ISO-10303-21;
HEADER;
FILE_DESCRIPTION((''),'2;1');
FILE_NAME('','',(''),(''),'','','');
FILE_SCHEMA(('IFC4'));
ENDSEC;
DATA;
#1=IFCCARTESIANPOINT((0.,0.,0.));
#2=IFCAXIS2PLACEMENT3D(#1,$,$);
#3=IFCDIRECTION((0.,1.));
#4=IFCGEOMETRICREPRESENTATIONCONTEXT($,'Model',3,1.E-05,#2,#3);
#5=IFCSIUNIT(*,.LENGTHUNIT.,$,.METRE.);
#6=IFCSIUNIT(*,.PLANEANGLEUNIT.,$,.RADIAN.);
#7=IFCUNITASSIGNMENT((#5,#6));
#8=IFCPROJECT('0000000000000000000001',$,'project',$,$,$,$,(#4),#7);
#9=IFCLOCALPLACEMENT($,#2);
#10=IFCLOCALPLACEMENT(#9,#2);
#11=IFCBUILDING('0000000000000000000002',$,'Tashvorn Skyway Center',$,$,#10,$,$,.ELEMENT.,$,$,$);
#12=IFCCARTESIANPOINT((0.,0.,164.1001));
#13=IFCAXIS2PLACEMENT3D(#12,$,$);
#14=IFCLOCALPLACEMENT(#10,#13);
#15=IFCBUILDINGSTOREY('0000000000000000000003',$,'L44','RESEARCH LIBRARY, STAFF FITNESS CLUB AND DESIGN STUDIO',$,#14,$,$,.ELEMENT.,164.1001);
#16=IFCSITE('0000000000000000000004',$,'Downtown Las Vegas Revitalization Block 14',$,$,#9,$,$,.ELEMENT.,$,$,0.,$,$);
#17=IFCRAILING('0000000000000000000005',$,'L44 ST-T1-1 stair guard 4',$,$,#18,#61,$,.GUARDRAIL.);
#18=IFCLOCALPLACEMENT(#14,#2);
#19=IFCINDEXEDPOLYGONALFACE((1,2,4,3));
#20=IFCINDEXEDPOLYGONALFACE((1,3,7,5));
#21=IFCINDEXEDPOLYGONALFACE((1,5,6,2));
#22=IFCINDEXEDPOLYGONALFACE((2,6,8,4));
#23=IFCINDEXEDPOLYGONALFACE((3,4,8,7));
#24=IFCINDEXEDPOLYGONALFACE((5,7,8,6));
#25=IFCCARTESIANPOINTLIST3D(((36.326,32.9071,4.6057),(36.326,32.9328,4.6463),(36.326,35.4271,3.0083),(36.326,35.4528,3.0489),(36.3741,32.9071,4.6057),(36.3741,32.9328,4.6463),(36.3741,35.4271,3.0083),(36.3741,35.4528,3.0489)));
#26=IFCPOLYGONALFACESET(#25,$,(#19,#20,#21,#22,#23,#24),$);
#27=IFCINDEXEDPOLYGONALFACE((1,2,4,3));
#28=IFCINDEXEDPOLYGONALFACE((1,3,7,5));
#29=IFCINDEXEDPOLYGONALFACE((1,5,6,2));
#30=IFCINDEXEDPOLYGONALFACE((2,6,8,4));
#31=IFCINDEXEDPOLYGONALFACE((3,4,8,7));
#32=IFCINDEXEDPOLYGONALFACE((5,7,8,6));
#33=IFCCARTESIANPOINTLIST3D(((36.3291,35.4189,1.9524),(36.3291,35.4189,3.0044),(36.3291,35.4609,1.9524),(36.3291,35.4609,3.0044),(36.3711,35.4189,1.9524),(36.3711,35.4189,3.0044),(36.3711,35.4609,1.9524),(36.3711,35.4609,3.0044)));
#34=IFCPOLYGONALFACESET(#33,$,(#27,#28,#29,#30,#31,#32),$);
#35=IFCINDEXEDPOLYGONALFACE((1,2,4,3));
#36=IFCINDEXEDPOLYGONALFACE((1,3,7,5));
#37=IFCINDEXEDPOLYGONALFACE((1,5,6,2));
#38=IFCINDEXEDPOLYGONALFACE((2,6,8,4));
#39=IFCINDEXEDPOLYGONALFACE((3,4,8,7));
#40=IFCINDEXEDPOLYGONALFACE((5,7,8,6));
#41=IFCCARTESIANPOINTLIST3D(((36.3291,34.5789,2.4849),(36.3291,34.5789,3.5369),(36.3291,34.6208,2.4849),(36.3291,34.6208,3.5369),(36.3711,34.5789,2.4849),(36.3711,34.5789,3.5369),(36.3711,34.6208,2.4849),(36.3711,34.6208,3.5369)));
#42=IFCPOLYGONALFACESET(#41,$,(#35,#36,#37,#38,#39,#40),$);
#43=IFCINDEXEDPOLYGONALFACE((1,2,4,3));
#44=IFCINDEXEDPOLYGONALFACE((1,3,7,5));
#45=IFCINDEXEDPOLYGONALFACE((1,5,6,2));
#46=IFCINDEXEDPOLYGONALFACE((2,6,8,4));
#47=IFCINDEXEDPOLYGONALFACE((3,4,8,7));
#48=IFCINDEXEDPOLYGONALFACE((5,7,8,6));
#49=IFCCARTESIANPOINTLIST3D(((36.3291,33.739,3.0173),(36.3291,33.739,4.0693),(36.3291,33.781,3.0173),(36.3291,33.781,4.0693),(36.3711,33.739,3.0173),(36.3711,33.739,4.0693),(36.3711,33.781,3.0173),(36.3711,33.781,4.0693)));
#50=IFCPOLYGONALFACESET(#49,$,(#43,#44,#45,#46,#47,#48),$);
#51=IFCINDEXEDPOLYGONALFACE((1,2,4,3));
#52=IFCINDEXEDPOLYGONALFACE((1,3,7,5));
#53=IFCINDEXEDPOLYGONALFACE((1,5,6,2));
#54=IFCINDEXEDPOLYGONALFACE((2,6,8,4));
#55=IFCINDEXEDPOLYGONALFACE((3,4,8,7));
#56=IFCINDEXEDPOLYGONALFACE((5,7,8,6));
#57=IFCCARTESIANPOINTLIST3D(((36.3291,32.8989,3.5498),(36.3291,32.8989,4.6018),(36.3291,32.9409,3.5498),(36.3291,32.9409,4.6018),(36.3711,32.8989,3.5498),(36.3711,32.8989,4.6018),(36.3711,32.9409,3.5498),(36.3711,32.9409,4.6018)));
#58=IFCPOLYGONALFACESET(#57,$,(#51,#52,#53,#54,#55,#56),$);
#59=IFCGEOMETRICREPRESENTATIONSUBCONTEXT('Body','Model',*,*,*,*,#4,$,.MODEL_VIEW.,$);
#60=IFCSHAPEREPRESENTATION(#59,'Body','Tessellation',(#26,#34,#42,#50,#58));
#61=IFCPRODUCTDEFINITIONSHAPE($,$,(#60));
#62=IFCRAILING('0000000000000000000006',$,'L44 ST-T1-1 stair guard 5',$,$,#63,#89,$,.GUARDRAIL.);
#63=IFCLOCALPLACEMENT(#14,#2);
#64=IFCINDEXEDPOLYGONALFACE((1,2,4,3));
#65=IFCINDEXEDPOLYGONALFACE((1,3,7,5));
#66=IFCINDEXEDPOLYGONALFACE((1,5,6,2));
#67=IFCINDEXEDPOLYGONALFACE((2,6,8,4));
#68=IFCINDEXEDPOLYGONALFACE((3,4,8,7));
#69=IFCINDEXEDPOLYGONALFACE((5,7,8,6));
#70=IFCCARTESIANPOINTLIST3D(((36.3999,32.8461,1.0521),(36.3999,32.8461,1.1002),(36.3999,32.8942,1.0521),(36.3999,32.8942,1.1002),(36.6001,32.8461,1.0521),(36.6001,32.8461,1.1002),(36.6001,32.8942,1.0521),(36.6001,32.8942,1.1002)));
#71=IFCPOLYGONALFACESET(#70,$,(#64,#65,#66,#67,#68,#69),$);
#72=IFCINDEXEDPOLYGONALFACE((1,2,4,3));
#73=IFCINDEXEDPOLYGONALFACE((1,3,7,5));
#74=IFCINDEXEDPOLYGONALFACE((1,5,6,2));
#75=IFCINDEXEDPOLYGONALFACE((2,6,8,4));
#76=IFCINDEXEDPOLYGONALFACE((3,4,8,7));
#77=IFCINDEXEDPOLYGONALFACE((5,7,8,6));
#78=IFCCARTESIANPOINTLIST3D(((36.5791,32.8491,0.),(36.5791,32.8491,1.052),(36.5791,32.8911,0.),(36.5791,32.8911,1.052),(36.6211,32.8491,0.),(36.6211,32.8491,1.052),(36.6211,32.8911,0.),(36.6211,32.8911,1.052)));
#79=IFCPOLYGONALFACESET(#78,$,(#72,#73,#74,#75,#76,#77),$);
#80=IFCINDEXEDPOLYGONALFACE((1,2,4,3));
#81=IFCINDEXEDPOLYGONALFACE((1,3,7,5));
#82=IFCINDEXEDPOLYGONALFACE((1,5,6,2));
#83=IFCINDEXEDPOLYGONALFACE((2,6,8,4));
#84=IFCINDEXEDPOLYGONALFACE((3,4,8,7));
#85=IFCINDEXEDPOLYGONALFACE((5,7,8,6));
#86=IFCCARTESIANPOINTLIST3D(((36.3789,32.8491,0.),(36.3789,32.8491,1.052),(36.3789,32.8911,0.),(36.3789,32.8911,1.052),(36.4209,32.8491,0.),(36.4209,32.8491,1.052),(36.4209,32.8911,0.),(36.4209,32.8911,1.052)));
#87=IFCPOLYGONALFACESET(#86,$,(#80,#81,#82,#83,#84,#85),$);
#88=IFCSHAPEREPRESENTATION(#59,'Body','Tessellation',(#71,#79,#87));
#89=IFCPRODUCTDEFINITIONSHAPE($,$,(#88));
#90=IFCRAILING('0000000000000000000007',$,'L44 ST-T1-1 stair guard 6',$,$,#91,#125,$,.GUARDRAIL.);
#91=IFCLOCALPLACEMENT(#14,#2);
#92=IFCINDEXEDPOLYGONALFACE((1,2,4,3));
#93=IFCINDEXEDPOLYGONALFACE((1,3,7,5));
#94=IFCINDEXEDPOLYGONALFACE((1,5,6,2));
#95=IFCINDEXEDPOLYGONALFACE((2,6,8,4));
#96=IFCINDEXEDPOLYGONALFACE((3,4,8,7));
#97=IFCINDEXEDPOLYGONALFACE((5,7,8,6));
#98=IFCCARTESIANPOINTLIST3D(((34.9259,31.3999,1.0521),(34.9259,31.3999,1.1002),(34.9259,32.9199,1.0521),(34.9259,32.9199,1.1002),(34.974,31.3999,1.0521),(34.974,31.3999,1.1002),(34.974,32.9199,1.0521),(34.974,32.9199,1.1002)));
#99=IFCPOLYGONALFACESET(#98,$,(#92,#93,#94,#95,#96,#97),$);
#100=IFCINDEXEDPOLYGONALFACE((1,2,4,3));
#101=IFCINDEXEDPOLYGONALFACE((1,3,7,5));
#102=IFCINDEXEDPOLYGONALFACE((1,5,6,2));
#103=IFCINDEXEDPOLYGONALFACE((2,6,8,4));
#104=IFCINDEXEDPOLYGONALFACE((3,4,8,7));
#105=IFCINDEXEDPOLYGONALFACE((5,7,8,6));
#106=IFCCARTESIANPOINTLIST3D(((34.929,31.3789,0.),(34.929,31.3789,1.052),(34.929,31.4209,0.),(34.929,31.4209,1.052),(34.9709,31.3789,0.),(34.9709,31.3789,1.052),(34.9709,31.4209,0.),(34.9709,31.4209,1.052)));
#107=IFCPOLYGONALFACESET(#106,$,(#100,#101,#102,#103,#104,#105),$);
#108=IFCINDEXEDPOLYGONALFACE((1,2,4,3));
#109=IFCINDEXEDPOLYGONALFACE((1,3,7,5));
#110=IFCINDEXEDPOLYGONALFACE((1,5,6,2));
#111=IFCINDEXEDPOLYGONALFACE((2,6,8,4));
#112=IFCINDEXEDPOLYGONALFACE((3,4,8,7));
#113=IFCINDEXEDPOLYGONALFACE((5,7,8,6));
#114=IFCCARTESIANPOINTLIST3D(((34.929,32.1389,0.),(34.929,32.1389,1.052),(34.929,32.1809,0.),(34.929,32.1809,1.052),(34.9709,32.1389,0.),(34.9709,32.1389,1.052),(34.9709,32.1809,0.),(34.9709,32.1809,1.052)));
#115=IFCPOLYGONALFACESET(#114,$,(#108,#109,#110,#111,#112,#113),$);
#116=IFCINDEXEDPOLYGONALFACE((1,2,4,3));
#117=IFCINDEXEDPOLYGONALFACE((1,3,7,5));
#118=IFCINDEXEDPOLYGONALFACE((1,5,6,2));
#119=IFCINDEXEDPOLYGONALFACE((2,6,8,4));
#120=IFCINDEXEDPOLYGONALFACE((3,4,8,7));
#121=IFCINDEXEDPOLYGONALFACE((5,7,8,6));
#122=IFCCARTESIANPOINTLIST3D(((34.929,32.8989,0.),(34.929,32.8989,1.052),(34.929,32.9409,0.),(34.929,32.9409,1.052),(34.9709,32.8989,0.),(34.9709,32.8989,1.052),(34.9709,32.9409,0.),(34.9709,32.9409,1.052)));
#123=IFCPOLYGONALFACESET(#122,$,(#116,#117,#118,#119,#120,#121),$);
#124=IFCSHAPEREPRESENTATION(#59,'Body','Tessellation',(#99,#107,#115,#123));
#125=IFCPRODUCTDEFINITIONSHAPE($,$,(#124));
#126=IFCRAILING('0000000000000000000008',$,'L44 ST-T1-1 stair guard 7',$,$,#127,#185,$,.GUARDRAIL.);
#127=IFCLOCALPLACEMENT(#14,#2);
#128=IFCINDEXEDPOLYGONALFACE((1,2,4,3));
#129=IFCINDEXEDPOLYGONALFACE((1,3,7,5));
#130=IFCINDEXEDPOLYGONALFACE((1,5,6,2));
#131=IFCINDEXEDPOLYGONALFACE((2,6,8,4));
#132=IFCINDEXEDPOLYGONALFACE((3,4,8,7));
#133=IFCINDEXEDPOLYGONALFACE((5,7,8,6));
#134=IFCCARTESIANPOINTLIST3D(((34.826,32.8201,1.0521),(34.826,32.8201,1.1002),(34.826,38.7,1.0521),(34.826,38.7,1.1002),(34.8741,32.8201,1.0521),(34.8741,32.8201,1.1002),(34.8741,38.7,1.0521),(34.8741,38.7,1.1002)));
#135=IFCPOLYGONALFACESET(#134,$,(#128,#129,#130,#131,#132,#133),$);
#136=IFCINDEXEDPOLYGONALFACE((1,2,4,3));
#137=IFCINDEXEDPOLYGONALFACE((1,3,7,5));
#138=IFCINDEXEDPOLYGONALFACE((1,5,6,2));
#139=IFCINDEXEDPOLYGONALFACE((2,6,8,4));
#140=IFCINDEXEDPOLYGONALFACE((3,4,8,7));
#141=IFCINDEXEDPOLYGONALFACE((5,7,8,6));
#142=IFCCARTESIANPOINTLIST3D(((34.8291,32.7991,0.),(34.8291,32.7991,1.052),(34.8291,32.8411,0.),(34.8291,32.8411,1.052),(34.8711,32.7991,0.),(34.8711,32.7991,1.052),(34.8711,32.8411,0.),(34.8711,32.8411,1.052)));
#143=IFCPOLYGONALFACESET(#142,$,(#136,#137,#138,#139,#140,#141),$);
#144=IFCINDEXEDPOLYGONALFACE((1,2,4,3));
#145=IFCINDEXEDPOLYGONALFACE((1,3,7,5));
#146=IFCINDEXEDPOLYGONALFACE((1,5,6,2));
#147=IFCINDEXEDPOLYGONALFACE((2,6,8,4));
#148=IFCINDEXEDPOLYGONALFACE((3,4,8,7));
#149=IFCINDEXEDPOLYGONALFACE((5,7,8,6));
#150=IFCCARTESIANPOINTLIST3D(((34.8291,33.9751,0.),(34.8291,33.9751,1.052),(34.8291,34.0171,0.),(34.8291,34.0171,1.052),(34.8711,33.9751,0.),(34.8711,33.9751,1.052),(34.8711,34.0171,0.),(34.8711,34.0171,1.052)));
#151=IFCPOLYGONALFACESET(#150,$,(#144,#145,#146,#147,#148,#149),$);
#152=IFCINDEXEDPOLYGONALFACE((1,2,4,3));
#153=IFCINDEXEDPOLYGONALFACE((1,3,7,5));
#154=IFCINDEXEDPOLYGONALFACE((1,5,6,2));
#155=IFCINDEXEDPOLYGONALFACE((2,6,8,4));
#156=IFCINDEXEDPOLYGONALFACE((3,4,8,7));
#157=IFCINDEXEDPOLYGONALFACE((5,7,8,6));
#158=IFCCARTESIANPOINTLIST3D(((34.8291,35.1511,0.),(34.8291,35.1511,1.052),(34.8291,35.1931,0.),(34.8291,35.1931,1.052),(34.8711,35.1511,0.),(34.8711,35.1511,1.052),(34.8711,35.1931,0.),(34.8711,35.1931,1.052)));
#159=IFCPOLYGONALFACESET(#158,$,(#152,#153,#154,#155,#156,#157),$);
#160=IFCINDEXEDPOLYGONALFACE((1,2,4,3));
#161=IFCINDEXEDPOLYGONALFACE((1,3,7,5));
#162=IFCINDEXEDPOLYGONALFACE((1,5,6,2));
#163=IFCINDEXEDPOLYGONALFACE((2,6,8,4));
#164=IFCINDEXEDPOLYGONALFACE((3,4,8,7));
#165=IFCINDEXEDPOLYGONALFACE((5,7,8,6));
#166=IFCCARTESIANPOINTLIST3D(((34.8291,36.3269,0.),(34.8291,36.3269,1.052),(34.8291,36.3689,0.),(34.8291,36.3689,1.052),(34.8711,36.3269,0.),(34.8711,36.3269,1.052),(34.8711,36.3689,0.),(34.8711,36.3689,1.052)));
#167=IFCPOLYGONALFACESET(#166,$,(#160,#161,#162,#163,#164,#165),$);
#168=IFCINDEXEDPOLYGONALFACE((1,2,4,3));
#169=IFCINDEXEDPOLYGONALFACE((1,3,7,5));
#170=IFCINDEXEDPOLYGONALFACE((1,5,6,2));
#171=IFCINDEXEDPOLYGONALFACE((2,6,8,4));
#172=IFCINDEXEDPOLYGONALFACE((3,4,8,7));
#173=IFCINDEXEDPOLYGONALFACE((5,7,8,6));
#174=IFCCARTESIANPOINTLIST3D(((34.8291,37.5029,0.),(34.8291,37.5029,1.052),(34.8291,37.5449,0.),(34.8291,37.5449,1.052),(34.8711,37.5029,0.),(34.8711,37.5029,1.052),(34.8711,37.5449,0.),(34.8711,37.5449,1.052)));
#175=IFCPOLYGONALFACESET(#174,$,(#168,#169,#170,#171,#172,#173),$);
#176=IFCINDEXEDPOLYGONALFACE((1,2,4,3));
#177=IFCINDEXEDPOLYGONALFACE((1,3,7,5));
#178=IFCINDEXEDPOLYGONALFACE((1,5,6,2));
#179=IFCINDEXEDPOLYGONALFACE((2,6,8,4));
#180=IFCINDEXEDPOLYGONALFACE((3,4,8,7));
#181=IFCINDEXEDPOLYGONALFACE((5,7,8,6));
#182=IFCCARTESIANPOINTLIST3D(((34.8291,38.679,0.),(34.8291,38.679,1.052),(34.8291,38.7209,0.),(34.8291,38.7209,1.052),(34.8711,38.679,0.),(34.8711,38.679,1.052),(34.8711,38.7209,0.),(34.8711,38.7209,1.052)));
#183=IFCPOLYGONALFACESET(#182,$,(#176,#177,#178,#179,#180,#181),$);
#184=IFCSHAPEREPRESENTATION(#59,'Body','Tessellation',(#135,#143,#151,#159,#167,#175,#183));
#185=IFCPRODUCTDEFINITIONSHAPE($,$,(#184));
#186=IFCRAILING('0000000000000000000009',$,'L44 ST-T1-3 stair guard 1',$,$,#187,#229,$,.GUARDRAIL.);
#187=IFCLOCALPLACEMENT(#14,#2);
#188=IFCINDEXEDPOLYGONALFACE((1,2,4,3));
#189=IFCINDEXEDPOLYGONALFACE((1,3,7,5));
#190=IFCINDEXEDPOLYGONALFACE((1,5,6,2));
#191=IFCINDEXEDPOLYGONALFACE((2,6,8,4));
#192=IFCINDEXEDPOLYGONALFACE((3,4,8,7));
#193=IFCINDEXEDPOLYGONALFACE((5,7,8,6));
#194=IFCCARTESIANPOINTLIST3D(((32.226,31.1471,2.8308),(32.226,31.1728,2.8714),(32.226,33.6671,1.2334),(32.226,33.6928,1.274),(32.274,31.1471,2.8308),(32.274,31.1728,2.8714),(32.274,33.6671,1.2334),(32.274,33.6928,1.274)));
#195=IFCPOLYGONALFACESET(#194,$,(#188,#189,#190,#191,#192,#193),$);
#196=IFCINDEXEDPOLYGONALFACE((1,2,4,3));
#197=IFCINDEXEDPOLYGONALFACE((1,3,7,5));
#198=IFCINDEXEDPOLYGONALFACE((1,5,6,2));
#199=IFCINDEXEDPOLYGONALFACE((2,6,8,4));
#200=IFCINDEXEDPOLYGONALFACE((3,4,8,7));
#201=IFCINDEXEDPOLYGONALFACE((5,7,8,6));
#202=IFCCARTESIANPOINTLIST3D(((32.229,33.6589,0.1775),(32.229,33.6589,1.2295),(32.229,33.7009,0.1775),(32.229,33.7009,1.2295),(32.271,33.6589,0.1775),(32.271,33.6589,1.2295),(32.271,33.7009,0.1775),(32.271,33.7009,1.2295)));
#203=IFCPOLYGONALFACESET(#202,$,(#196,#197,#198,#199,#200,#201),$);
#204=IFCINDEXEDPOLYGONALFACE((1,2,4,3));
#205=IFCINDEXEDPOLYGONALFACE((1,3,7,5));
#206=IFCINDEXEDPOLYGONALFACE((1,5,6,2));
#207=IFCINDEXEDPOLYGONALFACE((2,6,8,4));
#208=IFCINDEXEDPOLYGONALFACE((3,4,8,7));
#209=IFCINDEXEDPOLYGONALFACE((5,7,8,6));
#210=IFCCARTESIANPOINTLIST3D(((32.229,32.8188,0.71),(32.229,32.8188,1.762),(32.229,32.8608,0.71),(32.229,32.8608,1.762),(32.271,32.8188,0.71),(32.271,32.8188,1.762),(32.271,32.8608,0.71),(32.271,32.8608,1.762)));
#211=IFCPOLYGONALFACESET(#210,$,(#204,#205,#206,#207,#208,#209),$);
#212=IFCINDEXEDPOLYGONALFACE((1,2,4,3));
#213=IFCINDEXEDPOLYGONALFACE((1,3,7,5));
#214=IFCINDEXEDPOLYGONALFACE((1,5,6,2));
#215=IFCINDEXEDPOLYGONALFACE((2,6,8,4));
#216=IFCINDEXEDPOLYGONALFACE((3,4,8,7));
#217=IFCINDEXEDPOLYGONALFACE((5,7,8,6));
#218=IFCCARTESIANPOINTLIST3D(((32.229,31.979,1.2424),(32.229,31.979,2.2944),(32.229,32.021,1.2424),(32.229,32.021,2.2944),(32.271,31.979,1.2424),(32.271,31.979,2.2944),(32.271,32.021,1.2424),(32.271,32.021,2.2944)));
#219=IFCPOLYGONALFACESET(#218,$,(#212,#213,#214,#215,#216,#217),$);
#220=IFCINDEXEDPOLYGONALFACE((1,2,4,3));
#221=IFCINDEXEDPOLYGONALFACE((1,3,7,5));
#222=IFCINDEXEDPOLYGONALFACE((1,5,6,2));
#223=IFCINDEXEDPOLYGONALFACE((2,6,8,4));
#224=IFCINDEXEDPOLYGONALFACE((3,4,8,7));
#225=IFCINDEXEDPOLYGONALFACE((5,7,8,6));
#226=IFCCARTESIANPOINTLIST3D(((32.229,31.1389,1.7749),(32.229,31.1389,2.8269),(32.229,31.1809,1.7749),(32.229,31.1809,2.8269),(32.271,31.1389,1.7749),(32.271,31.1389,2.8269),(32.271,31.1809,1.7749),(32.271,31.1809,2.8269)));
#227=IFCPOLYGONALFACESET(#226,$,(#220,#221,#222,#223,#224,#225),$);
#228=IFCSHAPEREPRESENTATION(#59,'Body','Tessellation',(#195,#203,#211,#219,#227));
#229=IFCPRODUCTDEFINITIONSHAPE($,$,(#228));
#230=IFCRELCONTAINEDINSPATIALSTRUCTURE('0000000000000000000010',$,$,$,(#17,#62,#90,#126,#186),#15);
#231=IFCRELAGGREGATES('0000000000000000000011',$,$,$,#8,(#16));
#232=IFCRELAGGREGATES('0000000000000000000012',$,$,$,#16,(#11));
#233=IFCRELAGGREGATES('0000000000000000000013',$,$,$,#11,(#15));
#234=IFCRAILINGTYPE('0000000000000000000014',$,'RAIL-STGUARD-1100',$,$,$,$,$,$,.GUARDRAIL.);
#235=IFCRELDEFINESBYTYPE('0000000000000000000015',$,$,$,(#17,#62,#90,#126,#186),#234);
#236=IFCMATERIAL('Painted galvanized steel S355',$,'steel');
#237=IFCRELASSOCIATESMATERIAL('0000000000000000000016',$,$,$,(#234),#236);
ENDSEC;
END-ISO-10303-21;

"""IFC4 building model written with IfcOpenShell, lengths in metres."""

from ifc_helpers import new_model, si_unit, direction, frame, origin, origin_2d, place, context, subcontext, project, spatial, rectangle, extrude, material, type_object, element, save


model = new_model("IFC4")

# Units and contexts
model_context = context("Model", 3, precision=1e-05, world=origin(), true_north=direction((0.0, 1.0)))
body_context = subcontext(model_context, "Body", "Model", "MODEL_VIEW")
ifc_project = project(units=[si_unit("LENGTHUNIT", "METRE"), si_unit("PLANEANGLEUNIT", "RADIAN")], contexts=[model_context])

# Site, building, storey
site_placement = place(None, origin())
site = spatial("IfcSite", under=ifc_project, at=site_placement, Name="Downtown Las Vegas Revitalization Block 14", CompositionType="ELEMENT", RefElevation=0.0)
building_placement = place(site_placement, origin())
building = spatial("IfcBuilding", under=site, at=building_placement, Name="Tashvorn Skyway Center", CompositionType="ELEMENT")
storey_placement = place(building_placement, frame((0.0, 0.0, 164.1001)))
storey = spatial("IfcBuildingStorey", under=building, at=storey_placement, Name="L44", Description="RESEARCH LIBRARY, STAFF FITNESS CLUB AND DESIGN STUDIO", CompositionType="ELEMENT", Elevation=164.1001)

# Railings
ifc_material_1 = material(Name="Painted galvanized steel S355", Category="steel")
railing_type_1 = type_object("IfcRailingType", Name="RAIL-STGUARD-1100", PredefinedType="GUARDRAIL", material=ifc_material_1)
railing_1_placement = place(storey_placement, frame((36.3501, 35.4399, 1.9524)))
element("IfcRailing", 1, at=railing_1_placement, inside=storey, type_object=railing_type_1, Name="L44 ST-T1-1 stair guard 4", PredefinedType="GUARDRAIL", context=body_context, shape_type="SweptSolid", body=[
    extrude(rectangle(XDim=0.0481, YDim=0.0481, at=origin_2d()), frame((0.0, 0.0, 1.0762), z_axis=(0.0, -0.844607, 0.535387), x_axis=(1.0, 0.0, 0.0)), (0.0, 0.0, 1.0), 2.9836),
    extrude(rectangle(XDim=0.042, YDim=0.042, at=origin_2d()), origin(), (0.0, 0.0, 1.0), 1.052),
    extrude(rectangle(XDim=0.042, YDim=0.042, at=origin_2d()), frame((0.0, -0.8401, 0.5325)), (0.0, 0.0, 1.0), 1.052),
    extrude(rectangle(XDim=0.042, YDim=0.042, at=origin_2d()), frame((0.0, -1.6799, 1.0649)), (0.0, 0.0, 1.0), 1.052),
    extrude(rectangle(XDim=0.042, YDim=0.042, at=origin_2d()), frame((0.0, -2.52, 1.5974)), (0.0, 0.0, 1.0), 1.052),
])
railing_2_placement = place(storey_placement, frame((36.6001, 32.8701, 0.0)))
element("IfcRailing", 2, at=railing_2_placement, inside=storey, type_object=railing_type_1, Name="L44 ST-T1-1 stair guard 5", PredefinedType="GUARDRAIL", context=body_context, shape_type="SweptSolid", body=[
    extrude(rectangle(XDim=0.0481, YDim=0.0481, at=origin_2d()), frame((0.0, 0.0, 1.0762), z_axis=(-1.0, 0.0, 0.0), x_axis=(0.0, -1.0, 0.0)), (0.0, 0.0, 1.0), 0.2002),
    extrude(rectangle(XDim=0.042, YDim=0.042, at=origin_2d()), origin(), (0.0, 0.0, 1.0), 1.052),
    extrude(rectangle(XDim=0.042, YDim=0.042, at=origin_2d()), frame((-0.2002, 0.0, 0.0)), (0.0, 0.0, 1.0), 1.052),
])
railing_3_placement = place(storey_placement, frame((34.95, 31.3999, 0.0)))
element("IfcRailing", 3, at=railing_3_placement, inside=storey, type_object=railing_type_1, Name="L44 ST-T1-1 stair guard 6", PredefinedType="GUARDRAIL", context=body_context, shape_type="SweptSolid", body=[
    extrude(rectangle(XDim=0.0481, YDim=0.0481, at=origin_2d()), frame((0.0, 0.0, 1.0762), z_axis=(0.0, 1.0, 0.0), x_axis=(-1.0, 0.0, 0.0)), (0.0, 0.0, 1.0), 1.52),
    extrude(rectangle(XDim=0.042, YDim=0.042, at=origin_2d()), origin(), (0.0, 0.0, 1.0), 1.052),
    extrude(rectangle(XDim=0.042, YDim=0.042, at=origin_2d()), frame((0.0, 0.76, 0.0)), (0.0, 0.0, 1.0), 1.052),
    extrude(rectangle(XDim=0.042, YDim=0.042, at=origin_2d()), frame((0.0, 1.52, 0.0)), (0.0, 0.0, 1.0), 1.052),
])
railing_4_placement = place(storey_placement, frame((34.8501, 32.8201, 0.0)))
element("IfcRailing", 4, at=railing_4_placement, inside=storey, type_object=railing_type_1, Name="L44 ST-T1-1 stair guard 7", PredefinedType="GUARDRAIL", context=body_context, shape_type="SweptSolid", body=[
    extrude(rectangle(XDim=0.0481, YDim=0.0481, at=origin_2d()), frame((0.0, 0.0, 1.0762), z_axis=(0.0, 1.0, 0.0), x_axis=(-1.0, 0.0, 0.0)), (0.0, 0.0, 1.0), 5.8799),
    extrude(rectangle(XDim=0.042, YDim=0.042, at=origin_2d()), origin(), (0.0, 0.0, 1.0), 1.052),
    extrude(rectangle(XDim=0.042, YDim=0.042, at=origin_2d()), frame((0.0, 1.176, 0.0)), (0.0, 0.0, 1.0), 1.052),
    extrude(rectangle(XDim=0.042, YDim=0.042, at=origin_2d()), frame((0.0, 2.3521, 0.0)), (0.0, 0.0, 1.0), 1.052),
    extrude(rectangle(XDim=0.042, YDim=0.042, at=origin_2d()), frame((0.0, 3.5278, 0.0)), (0.0, 0.0, 1.0), 1.052),
    extrude(rectangle(XDim=0.042, YDim=0.042, at=origin_2d()), frame((0.0, 4.7039, 0.0)), (0.0, 0.0, 1.0), 1.052),
    extrude(rectangle(XDim=0.042, YDim=0.042, at=origin_2d()), frame((0.0, 5.8799, 0.0)), (0.0, 0.0, 1.0), 1.052),
])
railing_5_placement = place(storey_placement, frame((32.25, 33.6799, 0.1775)))
element("IfcRailing", 5, at=railing_5_placement, inside=storey, type_object=railing_type_1, Name="L44 ST-T1-3 stair guard 1", PredefinedType="GUARDRAIL", context=body_context, shape_type="SweptSolid", body=[
    extrude(rectangle(XDim=0.0481, YDim=0.0481, at=origin_2d()), frame((0.0, 0.0, 1.0762), z_axis=(0.0, -0.844607, 0.535387), x_axis=(1.0, 0.0, 0.0)), (0.0, 0.0, 1.0), 2.9836),
    extrude(rectangle(XDim=0.042, YDim=0.042, at=origin_2d()), origin(), (0.0, 0.0, 1.0), 1.052),
    extrude(rectangle(XDim=0.042, YDim=0.042, at=origin_2d()), frame((0.0, -0.8401, 0.5325)), (0.0, 0.0, 1.0), 1.052),
    extrude(rectangle(XDim=0.042, YDim=0.042, at=origin_2d()), frame((0.0, -1.6799, 1.0649)), (0.0, 0.0, 1.0), 1.052),
    extrude(rectangle(XDim=0.042, YDim=0.042, at=origin_2d()), frame((0.0, -2.52, 1.5974)), (0.0, 0.0, 1.0), 1.052),
])

save(model, "model.ifc")
